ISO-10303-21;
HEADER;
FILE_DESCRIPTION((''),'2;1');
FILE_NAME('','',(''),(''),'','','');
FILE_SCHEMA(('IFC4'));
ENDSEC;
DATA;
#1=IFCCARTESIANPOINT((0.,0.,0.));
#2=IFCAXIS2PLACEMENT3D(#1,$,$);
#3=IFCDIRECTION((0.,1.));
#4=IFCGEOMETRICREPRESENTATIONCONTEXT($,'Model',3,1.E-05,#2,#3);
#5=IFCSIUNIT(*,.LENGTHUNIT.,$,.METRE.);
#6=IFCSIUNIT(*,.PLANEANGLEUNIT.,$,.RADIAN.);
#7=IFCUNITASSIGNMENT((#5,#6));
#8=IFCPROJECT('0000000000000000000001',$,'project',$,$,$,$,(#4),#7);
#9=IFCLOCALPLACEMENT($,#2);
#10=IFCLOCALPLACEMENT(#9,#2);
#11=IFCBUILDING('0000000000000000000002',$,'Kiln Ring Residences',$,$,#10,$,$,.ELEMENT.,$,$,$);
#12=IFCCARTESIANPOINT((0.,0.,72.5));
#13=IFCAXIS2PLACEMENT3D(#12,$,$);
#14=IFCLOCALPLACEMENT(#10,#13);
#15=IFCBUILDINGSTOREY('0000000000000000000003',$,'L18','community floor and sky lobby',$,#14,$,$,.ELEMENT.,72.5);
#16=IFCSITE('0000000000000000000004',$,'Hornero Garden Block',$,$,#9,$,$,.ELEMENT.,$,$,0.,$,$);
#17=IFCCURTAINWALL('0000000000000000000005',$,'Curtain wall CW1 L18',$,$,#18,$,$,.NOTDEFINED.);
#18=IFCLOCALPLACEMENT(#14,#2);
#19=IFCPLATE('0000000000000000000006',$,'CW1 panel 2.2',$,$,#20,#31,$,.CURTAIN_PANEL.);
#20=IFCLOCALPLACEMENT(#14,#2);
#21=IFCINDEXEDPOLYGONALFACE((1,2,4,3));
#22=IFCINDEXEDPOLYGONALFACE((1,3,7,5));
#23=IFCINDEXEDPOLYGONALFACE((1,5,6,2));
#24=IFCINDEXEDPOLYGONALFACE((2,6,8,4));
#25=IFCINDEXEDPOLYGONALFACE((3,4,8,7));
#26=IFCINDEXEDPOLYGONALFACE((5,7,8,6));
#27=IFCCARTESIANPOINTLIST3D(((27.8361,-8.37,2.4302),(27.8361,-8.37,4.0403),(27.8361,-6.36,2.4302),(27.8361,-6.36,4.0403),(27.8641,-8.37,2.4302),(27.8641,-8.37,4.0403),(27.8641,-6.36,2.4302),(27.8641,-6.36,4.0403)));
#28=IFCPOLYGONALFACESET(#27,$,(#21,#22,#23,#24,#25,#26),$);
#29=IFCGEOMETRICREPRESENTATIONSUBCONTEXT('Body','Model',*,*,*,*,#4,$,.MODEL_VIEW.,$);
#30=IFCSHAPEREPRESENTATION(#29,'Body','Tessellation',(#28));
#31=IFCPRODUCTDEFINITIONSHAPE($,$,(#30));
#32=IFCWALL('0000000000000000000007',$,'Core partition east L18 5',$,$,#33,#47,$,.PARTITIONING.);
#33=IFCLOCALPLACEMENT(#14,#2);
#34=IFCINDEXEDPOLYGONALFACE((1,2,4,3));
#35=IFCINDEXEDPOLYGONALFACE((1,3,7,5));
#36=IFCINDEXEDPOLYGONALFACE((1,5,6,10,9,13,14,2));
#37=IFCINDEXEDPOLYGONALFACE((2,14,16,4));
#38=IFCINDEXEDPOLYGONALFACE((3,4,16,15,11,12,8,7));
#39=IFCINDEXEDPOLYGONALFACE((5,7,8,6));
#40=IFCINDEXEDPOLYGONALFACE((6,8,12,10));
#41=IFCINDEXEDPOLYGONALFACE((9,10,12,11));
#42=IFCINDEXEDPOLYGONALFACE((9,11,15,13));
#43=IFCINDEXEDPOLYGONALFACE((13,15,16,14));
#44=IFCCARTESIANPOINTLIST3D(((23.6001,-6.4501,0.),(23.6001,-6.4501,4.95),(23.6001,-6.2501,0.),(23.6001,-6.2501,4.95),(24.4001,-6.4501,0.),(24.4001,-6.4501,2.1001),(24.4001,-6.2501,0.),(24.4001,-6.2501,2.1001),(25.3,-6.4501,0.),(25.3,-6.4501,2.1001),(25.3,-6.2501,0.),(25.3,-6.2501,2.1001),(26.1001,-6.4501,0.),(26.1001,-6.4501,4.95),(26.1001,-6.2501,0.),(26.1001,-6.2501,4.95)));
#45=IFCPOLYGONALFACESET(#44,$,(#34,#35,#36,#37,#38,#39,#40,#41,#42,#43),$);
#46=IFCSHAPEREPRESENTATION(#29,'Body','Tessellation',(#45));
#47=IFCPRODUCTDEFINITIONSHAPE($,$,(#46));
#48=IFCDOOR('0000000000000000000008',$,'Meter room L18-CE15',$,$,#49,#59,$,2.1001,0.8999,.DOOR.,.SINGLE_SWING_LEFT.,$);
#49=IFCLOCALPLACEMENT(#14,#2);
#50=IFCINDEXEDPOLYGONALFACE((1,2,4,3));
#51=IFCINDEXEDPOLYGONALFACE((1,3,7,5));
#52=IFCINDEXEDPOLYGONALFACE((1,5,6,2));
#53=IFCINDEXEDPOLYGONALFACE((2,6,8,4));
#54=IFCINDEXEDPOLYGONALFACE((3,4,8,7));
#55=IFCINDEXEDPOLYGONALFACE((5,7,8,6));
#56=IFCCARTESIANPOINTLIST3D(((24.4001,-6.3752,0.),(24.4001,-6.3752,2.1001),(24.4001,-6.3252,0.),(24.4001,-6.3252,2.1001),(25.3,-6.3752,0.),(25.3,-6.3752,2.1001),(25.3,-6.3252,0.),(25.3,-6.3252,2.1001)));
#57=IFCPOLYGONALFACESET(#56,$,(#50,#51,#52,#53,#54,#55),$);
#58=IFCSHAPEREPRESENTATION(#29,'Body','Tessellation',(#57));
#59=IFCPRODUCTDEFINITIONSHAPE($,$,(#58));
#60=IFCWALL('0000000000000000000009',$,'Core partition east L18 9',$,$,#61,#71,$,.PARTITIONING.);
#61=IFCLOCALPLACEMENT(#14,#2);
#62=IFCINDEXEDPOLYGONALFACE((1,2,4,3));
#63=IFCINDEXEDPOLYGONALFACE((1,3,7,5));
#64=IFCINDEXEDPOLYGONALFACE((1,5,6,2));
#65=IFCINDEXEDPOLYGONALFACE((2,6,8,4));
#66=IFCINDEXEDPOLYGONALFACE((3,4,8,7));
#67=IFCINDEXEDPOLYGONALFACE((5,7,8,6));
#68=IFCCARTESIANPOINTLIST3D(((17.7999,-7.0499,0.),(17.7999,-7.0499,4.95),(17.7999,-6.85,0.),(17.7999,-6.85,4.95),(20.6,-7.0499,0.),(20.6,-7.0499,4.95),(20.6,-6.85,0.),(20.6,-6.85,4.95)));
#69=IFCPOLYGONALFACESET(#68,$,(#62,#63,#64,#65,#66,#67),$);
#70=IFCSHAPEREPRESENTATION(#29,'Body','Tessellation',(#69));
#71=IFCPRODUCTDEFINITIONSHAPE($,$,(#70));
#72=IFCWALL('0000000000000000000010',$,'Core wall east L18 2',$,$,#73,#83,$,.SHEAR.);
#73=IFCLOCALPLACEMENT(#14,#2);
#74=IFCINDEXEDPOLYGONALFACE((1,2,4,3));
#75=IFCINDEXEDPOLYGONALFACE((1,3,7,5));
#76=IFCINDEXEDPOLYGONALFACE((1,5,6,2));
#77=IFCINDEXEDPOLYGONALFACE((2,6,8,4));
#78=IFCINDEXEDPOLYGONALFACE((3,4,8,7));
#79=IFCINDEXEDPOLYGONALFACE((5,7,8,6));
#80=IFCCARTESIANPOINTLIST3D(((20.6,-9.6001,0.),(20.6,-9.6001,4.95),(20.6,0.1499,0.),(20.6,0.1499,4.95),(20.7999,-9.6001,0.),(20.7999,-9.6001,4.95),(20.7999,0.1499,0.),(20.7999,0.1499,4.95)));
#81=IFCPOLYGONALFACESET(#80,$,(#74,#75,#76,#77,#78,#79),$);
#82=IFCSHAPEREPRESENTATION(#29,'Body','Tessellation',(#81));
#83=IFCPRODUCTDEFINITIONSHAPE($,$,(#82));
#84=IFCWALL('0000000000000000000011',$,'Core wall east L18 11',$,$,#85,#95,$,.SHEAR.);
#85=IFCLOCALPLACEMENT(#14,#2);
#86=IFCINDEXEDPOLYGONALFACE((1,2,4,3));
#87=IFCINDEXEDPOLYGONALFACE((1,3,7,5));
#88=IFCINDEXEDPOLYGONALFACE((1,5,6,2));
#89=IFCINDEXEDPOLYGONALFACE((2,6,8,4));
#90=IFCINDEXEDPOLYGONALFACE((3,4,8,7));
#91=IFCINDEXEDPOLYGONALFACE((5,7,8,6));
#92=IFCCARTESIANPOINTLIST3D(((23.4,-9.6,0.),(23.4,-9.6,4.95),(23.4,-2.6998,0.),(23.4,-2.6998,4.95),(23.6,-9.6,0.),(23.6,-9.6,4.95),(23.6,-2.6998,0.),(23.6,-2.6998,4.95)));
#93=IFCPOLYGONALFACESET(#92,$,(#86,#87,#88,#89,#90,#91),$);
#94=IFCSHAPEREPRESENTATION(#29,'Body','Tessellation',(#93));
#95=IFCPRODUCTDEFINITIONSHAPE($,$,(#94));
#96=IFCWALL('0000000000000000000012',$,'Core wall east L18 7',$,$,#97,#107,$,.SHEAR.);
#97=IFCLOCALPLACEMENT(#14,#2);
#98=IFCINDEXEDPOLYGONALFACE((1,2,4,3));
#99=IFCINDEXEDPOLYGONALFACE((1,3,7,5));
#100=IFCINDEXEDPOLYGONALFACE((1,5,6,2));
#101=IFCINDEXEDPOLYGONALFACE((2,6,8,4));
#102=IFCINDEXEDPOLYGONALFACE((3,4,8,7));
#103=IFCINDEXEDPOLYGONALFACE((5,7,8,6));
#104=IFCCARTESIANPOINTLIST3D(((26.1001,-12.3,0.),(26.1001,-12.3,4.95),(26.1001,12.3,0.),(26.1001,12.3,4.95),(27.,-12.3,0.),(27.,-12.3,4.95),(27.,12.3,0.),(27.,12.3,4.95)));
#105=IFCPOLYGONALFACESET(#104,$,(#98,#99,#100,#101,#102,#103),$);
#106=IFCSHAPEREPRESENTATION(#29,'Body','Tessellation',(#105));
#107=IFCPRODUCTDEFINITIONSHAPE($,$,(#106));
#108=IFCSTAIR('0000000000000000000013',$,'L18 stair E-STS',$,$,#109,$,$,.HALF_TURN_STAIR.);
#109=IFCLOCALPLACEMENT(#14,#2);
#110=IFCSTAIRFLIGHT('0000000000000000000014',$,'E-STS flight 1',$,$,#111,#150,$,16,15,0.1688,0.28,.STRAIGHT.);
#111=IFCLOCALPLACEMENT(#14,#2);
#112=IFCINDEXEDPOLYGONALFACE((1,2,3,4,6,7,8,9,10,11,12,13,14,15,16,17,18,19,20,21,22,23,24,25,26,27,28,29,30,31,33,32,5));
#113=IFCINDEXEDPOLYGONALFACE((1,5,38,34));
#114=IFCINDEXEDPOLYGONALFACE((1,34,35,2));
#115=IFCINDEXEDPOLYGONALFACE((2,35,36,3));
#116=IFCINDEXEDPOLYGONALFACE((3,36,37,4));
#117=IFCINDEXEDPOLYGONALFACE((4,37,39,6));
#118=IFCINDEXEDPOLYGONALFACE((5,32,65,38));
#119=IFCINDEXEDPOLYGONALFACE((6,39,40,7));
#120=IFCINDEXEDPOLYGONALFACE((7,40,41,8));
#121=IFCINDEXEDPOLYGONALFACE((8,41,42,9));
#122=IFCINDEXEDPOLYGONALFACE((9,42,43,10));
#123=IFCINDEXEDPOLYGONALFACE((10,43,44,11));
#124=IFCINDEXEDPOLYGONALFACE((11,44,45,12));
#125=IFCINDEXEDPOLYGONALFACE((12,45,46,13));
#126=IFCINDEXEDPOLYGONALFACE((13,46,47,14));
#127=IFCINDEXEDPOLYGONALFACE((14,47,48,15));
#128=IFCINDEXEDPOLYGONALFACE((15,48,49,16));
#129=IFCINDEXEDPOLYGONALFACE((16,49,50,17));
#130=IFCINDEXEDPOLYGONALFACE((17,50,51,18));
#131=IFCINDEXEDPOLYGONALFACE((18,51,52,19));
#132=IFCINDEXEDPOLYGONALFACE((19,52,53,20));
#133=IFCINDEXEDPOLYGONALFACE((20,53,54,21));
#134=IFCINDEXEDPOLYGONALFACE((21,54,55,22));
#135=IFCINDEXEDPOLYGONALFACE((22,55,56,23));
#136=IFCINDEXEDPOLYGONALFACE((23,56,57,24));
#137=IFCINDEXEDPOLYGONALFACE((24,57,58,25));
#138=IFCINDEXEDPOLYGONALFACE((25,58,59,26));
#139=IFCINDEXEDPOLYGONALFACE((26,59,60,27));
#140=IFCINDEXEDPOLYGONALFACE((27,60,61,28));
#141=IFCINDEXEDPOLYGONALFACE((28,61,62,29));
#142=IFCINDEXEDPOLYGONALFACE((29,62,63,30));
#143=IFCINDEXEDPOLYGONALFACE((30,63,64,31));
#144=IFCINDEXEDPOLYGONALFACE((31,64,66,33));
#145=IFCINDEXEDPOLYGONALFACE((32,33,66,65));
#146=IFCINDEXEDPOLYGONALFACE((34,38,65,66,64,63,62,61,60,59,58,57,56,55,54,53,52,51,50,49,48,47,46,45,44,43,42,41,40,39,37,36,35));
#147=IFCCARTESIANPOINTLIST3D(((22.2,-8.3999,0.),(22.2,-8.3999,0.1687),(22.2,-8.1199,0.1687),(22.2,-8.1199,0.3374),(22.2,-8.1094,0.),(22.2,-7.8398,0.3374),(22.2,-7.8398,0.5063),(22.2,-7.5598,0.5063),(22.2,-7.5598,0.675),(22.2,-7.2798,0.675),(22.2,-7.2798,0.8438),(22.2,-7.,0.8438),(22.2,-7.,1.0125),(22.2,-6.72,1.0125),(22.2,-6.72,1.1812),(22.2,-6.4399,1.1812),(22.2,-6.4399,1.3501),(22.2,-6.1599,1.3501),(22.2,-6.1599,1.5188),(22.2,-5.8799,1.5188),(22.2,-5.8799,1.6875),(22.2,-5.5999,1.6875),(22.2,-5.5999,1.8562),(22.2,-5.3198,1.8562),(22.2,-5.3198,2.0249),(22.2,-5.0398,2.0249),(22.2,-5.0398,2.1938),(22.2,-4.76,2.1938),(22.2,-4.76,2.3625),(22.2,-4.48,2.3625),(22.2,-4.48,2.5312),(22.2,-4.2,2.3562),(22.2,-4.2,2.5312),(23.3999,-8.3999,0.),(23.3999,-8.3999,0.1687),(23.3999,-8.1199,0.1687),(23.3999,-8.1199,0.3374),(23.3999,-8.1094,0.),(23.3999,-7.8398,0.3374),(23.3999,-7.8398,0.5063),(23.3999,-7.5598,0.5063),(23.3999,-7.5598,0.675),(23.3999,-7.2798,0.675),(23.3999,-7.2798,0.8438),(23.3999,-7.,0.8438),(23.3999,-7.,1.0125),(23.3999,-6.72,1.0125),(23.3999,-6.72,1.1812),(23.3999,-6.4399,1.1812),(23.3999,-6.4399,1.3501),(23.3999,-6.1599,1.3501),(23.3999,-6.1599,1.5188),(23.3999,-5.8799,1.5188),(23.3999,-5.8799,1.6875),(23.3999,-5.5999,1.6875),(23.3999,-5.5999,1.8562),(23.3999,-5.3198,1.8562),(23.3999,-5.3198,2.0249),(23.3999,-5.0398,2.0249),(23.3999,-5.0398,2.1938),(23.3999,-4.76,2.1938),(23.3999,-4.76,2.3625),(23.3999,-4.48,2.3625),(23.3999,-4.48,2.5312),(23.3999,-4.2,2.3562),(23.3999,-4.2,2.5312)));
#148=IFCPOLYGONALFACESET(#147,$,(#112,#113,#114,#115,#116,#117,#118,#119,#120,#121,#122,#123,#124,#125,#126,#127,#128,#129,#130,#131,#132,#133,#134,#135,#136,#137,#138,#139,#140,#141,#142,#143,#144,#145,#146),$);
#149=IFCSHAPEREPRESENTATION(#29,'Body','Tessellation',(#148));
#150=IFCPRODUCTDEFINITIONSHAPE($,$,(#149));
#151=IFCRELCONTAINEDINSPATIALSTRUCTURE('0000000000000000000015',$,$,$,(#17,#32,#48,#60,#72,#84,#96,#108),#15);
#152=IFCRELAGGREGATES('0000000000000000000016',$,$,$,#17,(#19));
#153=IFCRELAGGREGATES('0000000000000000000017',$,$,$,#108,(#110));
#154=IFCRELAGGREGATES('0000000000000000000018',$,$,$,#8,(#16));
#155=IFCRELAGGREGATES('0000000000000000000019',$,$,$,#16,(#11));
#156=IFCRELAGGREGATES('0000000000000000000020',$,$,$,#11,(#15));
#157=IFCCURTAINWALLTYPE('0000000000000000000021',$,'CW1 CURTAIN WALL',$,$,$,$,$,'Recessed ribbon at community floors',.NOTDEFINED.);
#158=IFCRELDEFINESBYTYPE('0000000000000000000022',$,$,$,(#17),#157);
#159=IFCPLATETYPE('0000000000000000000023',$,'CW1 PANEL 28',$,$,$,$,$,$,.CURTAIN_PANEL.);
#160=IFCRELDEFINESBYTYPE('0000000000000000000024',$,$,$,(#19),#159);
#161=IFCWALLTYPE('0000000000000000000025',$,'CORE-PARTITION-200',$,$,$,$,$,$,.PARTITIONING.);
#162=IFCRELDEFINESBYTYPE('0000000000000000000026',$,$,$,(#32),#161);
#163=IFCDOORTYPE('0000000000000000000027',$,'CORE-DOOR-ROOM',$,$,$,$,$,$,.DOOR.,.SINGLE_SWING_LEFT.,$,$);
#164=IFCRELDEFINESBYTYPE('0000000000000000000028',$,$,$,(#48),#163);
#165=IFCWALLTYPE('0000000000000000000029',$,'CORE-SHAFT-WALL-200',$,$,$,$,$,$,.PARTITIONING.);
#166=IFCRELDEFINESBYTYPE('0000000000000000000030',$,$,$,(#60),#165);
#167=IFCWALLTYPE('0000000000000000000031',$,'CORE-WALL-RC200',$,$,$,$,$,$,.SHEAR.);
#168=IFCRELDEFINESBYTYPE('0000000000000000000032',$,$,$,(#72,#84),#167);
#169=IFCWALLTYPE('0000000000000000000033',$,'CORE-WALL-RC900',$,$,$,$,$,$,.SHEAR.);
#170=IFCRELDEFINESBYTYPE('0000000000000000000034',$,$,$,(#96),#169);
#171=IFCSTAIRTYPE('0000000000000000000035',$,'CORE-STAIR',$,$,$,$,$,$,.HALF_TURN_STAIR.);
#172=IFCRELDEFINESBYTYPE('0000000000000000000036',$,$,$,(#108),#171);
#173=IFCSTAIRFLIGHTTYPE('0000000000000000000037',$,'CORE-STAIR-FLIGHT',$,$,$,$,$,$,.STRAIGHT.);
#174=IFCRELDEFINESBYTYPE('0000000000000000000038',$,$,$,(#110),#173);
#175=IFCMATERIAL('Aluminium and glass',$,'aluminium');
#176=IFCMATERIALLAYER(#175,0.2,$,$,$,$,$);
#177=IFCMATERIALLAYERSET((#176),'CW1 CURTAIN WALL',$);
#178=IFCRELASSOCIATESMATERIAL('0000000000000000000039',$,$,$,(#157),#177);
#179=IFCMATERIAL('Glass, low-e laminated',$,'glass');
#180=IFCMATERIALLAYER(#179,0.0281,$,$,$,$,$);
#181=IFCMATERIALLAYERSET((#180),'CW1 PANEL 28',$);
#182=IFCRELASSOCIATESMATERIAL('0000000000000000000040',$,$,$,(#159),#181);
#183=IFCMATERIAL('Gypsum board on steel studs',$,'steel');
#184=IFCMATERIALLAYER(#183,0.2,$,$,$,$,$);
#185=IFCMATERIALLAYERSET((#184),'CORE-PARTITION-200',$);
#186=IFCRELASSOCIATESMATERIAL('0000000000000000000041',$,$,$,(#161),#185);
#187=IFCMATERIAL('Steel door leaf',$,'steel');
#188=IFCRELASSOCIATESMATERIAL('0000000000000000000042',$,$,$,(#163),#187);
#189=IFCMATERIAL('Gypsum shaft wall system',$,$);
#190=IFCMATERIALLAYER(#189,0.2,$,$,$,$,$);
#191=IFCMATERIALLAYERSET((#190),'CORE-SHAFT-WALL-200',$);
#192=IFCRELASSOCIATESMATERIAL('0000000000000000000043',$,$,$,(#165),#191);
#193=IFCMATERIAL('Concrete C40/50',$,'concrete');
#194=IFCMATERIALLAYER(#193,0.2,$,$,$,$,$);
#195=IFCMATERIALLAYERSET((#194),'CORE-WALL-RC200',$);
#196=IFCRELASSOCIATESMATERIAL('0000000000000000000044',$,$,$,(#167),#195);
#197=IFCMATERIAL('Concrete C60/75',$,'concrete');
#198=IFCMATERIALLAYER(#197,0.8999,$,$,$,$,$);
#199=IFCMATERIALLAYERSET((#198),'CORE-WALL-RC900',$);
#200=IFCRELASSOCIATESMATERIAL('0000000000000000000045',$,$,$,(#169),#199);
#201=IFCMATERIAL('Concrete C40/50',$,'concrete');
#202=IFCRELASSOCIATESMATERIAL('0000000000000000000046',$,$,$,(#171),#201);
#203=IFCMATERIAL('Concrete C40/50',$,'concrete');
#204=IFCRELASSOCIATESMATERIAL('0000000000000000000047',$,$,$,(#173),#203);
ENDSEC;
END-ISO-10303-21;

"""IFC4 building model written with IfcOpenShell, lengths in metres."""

from ifc_helpers import new_model, si_unit, direction, frame, frame_2d, origin, origin_2d, place, context, subcontext, project, spatial, polyline, rectangle, outline, extrude, material, layer, layer_set, type_object, element, fill, aggregate, save


model = new_model("IFC4")

# Units and contexts
model_context = context("Model", 3, precision=1e-05, world=origin(), true_north=direction((0.0, 1.0)))
body_context = subcontext(model_context, "Body", "Model", "MODEL_VIEW")
ifc_project = project(units=[si_unit("LENGTHUNIT", "METRE"), si_unit("PLANEANGLEUNIT", "RADIAN")], contexts=[model_context])

# Site, building, storey
site_placement = place(None, origin())
site = spatial("IfcSite", under=ifc_project, at=site_placement, Name="Hornero Garden Block", CompositionType="ELEMENT", RefElevation=0.0)
building_placement = place(site_placement, origin())
building = spatial("IfcBuilding", under=site, at=building_placement, Name="Kiln Ring Residences", CompositionType="ELEMENT")
storey_placement = place(building_placement, frame((0.0, 0.0, 72.5)))
storey = spatial("IfcBuildingStorey", under=building, at=storey_placement, Name="L18", Description="community floor and sky lobby", CompositionType="ELEMENT", Elevation=72.5)

# Shared definitions
ifc_material_1 = material(Name="Aluminium and glass", Category="aluminium")
ifc_layer_1 = layer(ifc_material_1, 0.2)
ifc_layer_set_1 = layer_set([ifc_layer_1], Name="CW1 CURTAIN WALL")
curtain_wall_type = type_object("IfcCurtainWallType", Name="CW1 CURTAIN WALL", ElementType="Recessed ribbon at community floors", PredefinedType="NOTDEFINED", material=ifc_layer_set_1)
placement = place(storey_placement, origin())

# Curtain wall
curtain_wall_1 = element("IfcCurtainWall", 1, at=placement, inside=storey, type_object=curtain_wall_type, Name="Curtain wall CW1 L18", PredefinedType="NOTDEFINED")

# Plate
ifc_material_2 = material(Name="Glass, low-e laminated", Category="glass")
ifc_layer_2 = layer(ifc_material_2, 0.0281)
ifc_layer_set_2 = layer_set([ifc_layer_2], Name="CW1 PANEL 28")
plate_type = type_object("IfcPlateType", Name="CW1 PANEL 28", PredefinedType="CURTAIN_PANEL", material=ifc_layer_set_2)
plate_1_placement = place(storey_placement, frame((27.8501, -7.365, 2.4302), z_axis=(0.0, 0.0, 1.0), x_axis=(0.0, 1.0, 0.0)))
plate_1 = element("IfcPlate", 2, at=plate_1_placement, type_object=plate_type, Name="CW1 panel 2.2", PredefinedType="CURTAIN_PANEL", context=body_context, shape_type="SweptSolid", body=[
    extrude(rectangle(XDim=2.01, YDim=0.0281, at=origin_2d()), origin(), (0.0, 0.0, 1.0), 1.6101),
])
aggregate(curtain_wall_1, [plate_1])

# Wall, opening, door
ifc_material_3 = material(Name="Gypsum board on steel studs", Category="steel")
ifc_layer_3 = layer(ifc_material_3, 0.2)
ifc_layer_set_3 = layer_set([ifc_layer_3], Name="CORE-PARTITION-200")
wall_type_1 = type_object("IfcWallType", Name="CORE-PARTITION-200", PredefinedType="PARTITIONING", material=ifc_layer_set_3)
wall_1_placement = place(storey_placement, frame((23.6001, -6.3501, 0.0), z_axis=(0.0, 0.0, 1.0), x_axis=(1.0, 0.0, 0.0)))
wall_1 = element("IfcWall", 3, at=wall_1_placement, inside=storey, type_object=wall_type_1, Name="Core partition east L18 5", PredefinedType="PARTITIONING", context=body_context, shape_type="SweptSolid", body=[
    extrude(rectangle(XDim=2.5, YDim=0.2, at=frame_2d((1.25, 0.0))), origin(), (0.0, 0.0, 1.0), 4.95),
])
opening_placement = place(wall_1_placement, frame((0.8, 0.0, 0.0)))
opening = element("IfcOpeningElement", 4, at=opening_placement, cuts=wall_1, PredefinedType="OPENING", context=body_context, shape_type="SweptSolid", body=[
    extrude(rectangle(XDim=0.8999, YDim=2.1001, at=frame_2d((0.45, 1.05))), frame((0.0, 0.1099, 0.0), z_axis=(0.0, -1.0, 0.0), x_axis=(1.0, 0.0, 0.0)), (0.0, 0.0, 1.0), 0.22),
])
ifc_material_4 = material(Name="Steel door leaf", Category="steel")
door_type = type_object("IfcDoorType", Name="CORE-DOOR-ROOM", OperationType="SINGLE_SWING_LEFT", PredefinedType="DOOR", material=ifc_material_4)
door_placement = place(opening_placement, origin())
door = element("IfcDoor", 5, at=door_placement, inside=storey, type_object=door_type, Name="Meter room L18-CE15", OperationType="SINGLE_SWING_LEFT", OverallHeight=2.1001, OverallWidth=0.8999, PredefinedType="DOOR", context=body_context, shape_type="SweptSolid", body=[
    extrude(rectangle(XDim=0.8999, YDim=2.1001, at=frame_2d((0.45, 1.05))), frame((0.0, 0.0249, 0.0), z_axis=(0.0, -1.0, 0.0), x_axis=(1.0, 0.0, 0.0)), (0.0, 0.0, 1.0), 0.05),
])
fill(opening, door)

# Walls
ifc_material_5 = material(Name="Gypsum shaft wall system")
ifc_layer_4 = layer(ifc_material_5, 0.2)
ifc_layer_set_4 = layer_set([ifc_layer_4], Name="CORE-SHAFT-WALL-200")
wall_type_2 = type_object("IfcWallType", Name="CORE-SHAFT-WALL-200", PredefinedType="PARTITIONING", material=ifc_layer_set_4)
wall_2_placement = place(storey_placement, frame((17.8, -6.95, 0.0), z_axis=(0.0, 0.0, 1.0), x_axis=(1.0, 0.0, 0.0)))
element("IfcWall", 6, at=wall_2_placement, inside=storey, type_object=wall_type_2, Name="Core partition east L18 9", PredefinedType="PARTITIONING", context=body_context, shape_type="SweptSolid", body=[
    extrude(rectangle(XDim=2.8, YDim=0.2, at=frame_2d((1.3999, 0.0))), origin(), (0.0, 0.0, 1.0), 4.95),
])
ifc_material_6 = material(Name="Concrete C40/50", Category="concrete")
ifc_layer_5 = layer(ifc_material_6, 0.2)
ifc_layer_set_5 = layer_set([ifc_layer_5], Name="CORE-WALL-RC200")
wall_type_3 = type_object("IfcWallType", Name="CORE-WALL-RC200", PredefinedType="SHEAR", material=ifc_layer_set_5)
wall_3_placement = place(storey_placement, frame((20.7, -9.6001, 0.0), z_axis=(0.0, 0.0, 1.0), x_axis=(0.0, 1.0, 0.0)))
element("IfcWall", 7, at=wall_3_placement, inside=storey, type_object=wall_type_3, Name="Core wall east L18 2", PredefinedType="SHEAR", context=body_context, shape_type="SweptSolid", body=[
    extrude(rectangle(XDim=9.75, YDim=0.2, at=frame_2d((4.875, 0.0))), origin(), (0.0, 0.0, 1.0), 4.95),
])
wall_4_placement = place(storey_placement, frame((23.5, -9.6001, 0.0), z_axis=(0.0, 0.0, 1.0), x_axis=(0.0, 1.0, 0.0)))
element("IfcWall", 8, at=wall_4_placement, inside=storey, type_object=wall_type_3, Name="Core wall east L18 11", PredefinedType="SHEAR", context=body_context, shape_type="SweptSolid", body=[
    extrude(rectangle(XDim=6.9001, YDim=0.2, at=frame_2d((3.4502, 0.0))), origin(), (0.0, 0.0, 1.0), 4.95),
])
ifc_material_7 = material(Name="Concrete C60/75", Category="concrete")
ifc_layer_6 = layer(ifc_material_7, 0.8999)
ifc_layer_set_6 = layer_set([ifc_layer_6], Name="CORE-WALL-RC900")
wall_type_4 = type_object("IfcWallType", Name="CORE-WALL-RC900", PredefinedType="SHEAR", material=ifc_layer_set_6)
wall_5_placement = place(storey_placement, frame((26.55, -12.3, 0.0), z_axis=(0.0, 0.0, 1.0), x_axis=(0.0, 1.0, 0.0)))
element("IfcWall", 9, at=wall_5_placement, inside=storey, type_object=wall_type_4, Name="Core wall east L18 7", PredefinedType="SHEAR", context=body_context, shape_type="SweptSolid", body=[
    extrude(rectangle(XDim=24.6001, YDim=0.8999, at=frame_2d((12.3, 0.0))), origin(), (0.0, 0.0, 1.0), 4.95),
])

# Stair, stair flight
ifc_material_8 = material(Name="Concrete C40/50", Category="concrete")
stair_type = type_object("IfcStairType", Name="CORE-STAIR", PredefinedType="HALF_TURN_STAIR", material=ifc_material_8)
stair = element("IfcStair", 10, at=placement, inside=storey, type_object=stair_type, Name="L18 stair E-STS", PredefinedType="HALF_TURN_STAIR")
ifc_material_9 = material(Name="Concrete C40/50", Category="concrete")
stair_flight_type = type_object("IfcStairFlightType", Name="CORE-STAIR-FLIGHT", PredefinedType="STRAIGHT", material=ifc_material_9)
stair_flight_placement = place(storey_placement, frame((22.8, -8.3999, 0.0), z_axis=(0.0, 0.0, 1.0), x_axis=(0.0, 1.0, 0.0)))
stair_flight = element("IfcStairFlight", 11, at=stair_flight_placement, type_object=stair_flight_type, Name="E-STS flight 1", NumberOfRisers=16, NumberOfTreads=15, PredefinedType="STRAIGHT", RiserHeight=0.1688, TreadLength=0.28, context=body_context, shape_type="SweptSolid", body=[
    extrude(outline(polyline([(0.0, 0.0), (0.0, 0.1687), (0.28, 0.1687), (0.28, 0.3374), (0.5601, 0.3374), (0.5601, 0.5063), (0.8401, 0.5063), (0.8401, 0.675), (1.1201, 0.675), (1.1201, 0.8438), (1.3999, 0.8438), (1.3999, 1.0125), (1.6799, 1.0125), (1.6799, 1.1812), (1.96, 1.1812), (1.96, 1.3501), (2.24, 1.3501), (2.24, 1.5188), (2.52, 1.5188), (2.52, 1.6875), (2.8, 1.6875), (2.8, 1.8562), (3.0801, 1.8562), (3.0801, 2.0249), (3.3601, 2.0249), (3.3601, 2.1938), (3.6399, 2.1938), (3.6399, 2.3625), (3.9199, 2.3625), (3.9199, 2.5312), (4.2, 2.5312), (4.2, 2.7), (4.2, 2.3562), (0.2905, 0.0), (0.0, 0.0)])), frame((0.0, 0.6001, 0.0), z_axis=(0.0, -1.0, 0.0), x_axis=(1.0, 0.0, 0.0)), (0.0, 0.0, 1.0), 1.2),
])
aggregate(stair, [stair_flight])

save(model, "model.ifc")
